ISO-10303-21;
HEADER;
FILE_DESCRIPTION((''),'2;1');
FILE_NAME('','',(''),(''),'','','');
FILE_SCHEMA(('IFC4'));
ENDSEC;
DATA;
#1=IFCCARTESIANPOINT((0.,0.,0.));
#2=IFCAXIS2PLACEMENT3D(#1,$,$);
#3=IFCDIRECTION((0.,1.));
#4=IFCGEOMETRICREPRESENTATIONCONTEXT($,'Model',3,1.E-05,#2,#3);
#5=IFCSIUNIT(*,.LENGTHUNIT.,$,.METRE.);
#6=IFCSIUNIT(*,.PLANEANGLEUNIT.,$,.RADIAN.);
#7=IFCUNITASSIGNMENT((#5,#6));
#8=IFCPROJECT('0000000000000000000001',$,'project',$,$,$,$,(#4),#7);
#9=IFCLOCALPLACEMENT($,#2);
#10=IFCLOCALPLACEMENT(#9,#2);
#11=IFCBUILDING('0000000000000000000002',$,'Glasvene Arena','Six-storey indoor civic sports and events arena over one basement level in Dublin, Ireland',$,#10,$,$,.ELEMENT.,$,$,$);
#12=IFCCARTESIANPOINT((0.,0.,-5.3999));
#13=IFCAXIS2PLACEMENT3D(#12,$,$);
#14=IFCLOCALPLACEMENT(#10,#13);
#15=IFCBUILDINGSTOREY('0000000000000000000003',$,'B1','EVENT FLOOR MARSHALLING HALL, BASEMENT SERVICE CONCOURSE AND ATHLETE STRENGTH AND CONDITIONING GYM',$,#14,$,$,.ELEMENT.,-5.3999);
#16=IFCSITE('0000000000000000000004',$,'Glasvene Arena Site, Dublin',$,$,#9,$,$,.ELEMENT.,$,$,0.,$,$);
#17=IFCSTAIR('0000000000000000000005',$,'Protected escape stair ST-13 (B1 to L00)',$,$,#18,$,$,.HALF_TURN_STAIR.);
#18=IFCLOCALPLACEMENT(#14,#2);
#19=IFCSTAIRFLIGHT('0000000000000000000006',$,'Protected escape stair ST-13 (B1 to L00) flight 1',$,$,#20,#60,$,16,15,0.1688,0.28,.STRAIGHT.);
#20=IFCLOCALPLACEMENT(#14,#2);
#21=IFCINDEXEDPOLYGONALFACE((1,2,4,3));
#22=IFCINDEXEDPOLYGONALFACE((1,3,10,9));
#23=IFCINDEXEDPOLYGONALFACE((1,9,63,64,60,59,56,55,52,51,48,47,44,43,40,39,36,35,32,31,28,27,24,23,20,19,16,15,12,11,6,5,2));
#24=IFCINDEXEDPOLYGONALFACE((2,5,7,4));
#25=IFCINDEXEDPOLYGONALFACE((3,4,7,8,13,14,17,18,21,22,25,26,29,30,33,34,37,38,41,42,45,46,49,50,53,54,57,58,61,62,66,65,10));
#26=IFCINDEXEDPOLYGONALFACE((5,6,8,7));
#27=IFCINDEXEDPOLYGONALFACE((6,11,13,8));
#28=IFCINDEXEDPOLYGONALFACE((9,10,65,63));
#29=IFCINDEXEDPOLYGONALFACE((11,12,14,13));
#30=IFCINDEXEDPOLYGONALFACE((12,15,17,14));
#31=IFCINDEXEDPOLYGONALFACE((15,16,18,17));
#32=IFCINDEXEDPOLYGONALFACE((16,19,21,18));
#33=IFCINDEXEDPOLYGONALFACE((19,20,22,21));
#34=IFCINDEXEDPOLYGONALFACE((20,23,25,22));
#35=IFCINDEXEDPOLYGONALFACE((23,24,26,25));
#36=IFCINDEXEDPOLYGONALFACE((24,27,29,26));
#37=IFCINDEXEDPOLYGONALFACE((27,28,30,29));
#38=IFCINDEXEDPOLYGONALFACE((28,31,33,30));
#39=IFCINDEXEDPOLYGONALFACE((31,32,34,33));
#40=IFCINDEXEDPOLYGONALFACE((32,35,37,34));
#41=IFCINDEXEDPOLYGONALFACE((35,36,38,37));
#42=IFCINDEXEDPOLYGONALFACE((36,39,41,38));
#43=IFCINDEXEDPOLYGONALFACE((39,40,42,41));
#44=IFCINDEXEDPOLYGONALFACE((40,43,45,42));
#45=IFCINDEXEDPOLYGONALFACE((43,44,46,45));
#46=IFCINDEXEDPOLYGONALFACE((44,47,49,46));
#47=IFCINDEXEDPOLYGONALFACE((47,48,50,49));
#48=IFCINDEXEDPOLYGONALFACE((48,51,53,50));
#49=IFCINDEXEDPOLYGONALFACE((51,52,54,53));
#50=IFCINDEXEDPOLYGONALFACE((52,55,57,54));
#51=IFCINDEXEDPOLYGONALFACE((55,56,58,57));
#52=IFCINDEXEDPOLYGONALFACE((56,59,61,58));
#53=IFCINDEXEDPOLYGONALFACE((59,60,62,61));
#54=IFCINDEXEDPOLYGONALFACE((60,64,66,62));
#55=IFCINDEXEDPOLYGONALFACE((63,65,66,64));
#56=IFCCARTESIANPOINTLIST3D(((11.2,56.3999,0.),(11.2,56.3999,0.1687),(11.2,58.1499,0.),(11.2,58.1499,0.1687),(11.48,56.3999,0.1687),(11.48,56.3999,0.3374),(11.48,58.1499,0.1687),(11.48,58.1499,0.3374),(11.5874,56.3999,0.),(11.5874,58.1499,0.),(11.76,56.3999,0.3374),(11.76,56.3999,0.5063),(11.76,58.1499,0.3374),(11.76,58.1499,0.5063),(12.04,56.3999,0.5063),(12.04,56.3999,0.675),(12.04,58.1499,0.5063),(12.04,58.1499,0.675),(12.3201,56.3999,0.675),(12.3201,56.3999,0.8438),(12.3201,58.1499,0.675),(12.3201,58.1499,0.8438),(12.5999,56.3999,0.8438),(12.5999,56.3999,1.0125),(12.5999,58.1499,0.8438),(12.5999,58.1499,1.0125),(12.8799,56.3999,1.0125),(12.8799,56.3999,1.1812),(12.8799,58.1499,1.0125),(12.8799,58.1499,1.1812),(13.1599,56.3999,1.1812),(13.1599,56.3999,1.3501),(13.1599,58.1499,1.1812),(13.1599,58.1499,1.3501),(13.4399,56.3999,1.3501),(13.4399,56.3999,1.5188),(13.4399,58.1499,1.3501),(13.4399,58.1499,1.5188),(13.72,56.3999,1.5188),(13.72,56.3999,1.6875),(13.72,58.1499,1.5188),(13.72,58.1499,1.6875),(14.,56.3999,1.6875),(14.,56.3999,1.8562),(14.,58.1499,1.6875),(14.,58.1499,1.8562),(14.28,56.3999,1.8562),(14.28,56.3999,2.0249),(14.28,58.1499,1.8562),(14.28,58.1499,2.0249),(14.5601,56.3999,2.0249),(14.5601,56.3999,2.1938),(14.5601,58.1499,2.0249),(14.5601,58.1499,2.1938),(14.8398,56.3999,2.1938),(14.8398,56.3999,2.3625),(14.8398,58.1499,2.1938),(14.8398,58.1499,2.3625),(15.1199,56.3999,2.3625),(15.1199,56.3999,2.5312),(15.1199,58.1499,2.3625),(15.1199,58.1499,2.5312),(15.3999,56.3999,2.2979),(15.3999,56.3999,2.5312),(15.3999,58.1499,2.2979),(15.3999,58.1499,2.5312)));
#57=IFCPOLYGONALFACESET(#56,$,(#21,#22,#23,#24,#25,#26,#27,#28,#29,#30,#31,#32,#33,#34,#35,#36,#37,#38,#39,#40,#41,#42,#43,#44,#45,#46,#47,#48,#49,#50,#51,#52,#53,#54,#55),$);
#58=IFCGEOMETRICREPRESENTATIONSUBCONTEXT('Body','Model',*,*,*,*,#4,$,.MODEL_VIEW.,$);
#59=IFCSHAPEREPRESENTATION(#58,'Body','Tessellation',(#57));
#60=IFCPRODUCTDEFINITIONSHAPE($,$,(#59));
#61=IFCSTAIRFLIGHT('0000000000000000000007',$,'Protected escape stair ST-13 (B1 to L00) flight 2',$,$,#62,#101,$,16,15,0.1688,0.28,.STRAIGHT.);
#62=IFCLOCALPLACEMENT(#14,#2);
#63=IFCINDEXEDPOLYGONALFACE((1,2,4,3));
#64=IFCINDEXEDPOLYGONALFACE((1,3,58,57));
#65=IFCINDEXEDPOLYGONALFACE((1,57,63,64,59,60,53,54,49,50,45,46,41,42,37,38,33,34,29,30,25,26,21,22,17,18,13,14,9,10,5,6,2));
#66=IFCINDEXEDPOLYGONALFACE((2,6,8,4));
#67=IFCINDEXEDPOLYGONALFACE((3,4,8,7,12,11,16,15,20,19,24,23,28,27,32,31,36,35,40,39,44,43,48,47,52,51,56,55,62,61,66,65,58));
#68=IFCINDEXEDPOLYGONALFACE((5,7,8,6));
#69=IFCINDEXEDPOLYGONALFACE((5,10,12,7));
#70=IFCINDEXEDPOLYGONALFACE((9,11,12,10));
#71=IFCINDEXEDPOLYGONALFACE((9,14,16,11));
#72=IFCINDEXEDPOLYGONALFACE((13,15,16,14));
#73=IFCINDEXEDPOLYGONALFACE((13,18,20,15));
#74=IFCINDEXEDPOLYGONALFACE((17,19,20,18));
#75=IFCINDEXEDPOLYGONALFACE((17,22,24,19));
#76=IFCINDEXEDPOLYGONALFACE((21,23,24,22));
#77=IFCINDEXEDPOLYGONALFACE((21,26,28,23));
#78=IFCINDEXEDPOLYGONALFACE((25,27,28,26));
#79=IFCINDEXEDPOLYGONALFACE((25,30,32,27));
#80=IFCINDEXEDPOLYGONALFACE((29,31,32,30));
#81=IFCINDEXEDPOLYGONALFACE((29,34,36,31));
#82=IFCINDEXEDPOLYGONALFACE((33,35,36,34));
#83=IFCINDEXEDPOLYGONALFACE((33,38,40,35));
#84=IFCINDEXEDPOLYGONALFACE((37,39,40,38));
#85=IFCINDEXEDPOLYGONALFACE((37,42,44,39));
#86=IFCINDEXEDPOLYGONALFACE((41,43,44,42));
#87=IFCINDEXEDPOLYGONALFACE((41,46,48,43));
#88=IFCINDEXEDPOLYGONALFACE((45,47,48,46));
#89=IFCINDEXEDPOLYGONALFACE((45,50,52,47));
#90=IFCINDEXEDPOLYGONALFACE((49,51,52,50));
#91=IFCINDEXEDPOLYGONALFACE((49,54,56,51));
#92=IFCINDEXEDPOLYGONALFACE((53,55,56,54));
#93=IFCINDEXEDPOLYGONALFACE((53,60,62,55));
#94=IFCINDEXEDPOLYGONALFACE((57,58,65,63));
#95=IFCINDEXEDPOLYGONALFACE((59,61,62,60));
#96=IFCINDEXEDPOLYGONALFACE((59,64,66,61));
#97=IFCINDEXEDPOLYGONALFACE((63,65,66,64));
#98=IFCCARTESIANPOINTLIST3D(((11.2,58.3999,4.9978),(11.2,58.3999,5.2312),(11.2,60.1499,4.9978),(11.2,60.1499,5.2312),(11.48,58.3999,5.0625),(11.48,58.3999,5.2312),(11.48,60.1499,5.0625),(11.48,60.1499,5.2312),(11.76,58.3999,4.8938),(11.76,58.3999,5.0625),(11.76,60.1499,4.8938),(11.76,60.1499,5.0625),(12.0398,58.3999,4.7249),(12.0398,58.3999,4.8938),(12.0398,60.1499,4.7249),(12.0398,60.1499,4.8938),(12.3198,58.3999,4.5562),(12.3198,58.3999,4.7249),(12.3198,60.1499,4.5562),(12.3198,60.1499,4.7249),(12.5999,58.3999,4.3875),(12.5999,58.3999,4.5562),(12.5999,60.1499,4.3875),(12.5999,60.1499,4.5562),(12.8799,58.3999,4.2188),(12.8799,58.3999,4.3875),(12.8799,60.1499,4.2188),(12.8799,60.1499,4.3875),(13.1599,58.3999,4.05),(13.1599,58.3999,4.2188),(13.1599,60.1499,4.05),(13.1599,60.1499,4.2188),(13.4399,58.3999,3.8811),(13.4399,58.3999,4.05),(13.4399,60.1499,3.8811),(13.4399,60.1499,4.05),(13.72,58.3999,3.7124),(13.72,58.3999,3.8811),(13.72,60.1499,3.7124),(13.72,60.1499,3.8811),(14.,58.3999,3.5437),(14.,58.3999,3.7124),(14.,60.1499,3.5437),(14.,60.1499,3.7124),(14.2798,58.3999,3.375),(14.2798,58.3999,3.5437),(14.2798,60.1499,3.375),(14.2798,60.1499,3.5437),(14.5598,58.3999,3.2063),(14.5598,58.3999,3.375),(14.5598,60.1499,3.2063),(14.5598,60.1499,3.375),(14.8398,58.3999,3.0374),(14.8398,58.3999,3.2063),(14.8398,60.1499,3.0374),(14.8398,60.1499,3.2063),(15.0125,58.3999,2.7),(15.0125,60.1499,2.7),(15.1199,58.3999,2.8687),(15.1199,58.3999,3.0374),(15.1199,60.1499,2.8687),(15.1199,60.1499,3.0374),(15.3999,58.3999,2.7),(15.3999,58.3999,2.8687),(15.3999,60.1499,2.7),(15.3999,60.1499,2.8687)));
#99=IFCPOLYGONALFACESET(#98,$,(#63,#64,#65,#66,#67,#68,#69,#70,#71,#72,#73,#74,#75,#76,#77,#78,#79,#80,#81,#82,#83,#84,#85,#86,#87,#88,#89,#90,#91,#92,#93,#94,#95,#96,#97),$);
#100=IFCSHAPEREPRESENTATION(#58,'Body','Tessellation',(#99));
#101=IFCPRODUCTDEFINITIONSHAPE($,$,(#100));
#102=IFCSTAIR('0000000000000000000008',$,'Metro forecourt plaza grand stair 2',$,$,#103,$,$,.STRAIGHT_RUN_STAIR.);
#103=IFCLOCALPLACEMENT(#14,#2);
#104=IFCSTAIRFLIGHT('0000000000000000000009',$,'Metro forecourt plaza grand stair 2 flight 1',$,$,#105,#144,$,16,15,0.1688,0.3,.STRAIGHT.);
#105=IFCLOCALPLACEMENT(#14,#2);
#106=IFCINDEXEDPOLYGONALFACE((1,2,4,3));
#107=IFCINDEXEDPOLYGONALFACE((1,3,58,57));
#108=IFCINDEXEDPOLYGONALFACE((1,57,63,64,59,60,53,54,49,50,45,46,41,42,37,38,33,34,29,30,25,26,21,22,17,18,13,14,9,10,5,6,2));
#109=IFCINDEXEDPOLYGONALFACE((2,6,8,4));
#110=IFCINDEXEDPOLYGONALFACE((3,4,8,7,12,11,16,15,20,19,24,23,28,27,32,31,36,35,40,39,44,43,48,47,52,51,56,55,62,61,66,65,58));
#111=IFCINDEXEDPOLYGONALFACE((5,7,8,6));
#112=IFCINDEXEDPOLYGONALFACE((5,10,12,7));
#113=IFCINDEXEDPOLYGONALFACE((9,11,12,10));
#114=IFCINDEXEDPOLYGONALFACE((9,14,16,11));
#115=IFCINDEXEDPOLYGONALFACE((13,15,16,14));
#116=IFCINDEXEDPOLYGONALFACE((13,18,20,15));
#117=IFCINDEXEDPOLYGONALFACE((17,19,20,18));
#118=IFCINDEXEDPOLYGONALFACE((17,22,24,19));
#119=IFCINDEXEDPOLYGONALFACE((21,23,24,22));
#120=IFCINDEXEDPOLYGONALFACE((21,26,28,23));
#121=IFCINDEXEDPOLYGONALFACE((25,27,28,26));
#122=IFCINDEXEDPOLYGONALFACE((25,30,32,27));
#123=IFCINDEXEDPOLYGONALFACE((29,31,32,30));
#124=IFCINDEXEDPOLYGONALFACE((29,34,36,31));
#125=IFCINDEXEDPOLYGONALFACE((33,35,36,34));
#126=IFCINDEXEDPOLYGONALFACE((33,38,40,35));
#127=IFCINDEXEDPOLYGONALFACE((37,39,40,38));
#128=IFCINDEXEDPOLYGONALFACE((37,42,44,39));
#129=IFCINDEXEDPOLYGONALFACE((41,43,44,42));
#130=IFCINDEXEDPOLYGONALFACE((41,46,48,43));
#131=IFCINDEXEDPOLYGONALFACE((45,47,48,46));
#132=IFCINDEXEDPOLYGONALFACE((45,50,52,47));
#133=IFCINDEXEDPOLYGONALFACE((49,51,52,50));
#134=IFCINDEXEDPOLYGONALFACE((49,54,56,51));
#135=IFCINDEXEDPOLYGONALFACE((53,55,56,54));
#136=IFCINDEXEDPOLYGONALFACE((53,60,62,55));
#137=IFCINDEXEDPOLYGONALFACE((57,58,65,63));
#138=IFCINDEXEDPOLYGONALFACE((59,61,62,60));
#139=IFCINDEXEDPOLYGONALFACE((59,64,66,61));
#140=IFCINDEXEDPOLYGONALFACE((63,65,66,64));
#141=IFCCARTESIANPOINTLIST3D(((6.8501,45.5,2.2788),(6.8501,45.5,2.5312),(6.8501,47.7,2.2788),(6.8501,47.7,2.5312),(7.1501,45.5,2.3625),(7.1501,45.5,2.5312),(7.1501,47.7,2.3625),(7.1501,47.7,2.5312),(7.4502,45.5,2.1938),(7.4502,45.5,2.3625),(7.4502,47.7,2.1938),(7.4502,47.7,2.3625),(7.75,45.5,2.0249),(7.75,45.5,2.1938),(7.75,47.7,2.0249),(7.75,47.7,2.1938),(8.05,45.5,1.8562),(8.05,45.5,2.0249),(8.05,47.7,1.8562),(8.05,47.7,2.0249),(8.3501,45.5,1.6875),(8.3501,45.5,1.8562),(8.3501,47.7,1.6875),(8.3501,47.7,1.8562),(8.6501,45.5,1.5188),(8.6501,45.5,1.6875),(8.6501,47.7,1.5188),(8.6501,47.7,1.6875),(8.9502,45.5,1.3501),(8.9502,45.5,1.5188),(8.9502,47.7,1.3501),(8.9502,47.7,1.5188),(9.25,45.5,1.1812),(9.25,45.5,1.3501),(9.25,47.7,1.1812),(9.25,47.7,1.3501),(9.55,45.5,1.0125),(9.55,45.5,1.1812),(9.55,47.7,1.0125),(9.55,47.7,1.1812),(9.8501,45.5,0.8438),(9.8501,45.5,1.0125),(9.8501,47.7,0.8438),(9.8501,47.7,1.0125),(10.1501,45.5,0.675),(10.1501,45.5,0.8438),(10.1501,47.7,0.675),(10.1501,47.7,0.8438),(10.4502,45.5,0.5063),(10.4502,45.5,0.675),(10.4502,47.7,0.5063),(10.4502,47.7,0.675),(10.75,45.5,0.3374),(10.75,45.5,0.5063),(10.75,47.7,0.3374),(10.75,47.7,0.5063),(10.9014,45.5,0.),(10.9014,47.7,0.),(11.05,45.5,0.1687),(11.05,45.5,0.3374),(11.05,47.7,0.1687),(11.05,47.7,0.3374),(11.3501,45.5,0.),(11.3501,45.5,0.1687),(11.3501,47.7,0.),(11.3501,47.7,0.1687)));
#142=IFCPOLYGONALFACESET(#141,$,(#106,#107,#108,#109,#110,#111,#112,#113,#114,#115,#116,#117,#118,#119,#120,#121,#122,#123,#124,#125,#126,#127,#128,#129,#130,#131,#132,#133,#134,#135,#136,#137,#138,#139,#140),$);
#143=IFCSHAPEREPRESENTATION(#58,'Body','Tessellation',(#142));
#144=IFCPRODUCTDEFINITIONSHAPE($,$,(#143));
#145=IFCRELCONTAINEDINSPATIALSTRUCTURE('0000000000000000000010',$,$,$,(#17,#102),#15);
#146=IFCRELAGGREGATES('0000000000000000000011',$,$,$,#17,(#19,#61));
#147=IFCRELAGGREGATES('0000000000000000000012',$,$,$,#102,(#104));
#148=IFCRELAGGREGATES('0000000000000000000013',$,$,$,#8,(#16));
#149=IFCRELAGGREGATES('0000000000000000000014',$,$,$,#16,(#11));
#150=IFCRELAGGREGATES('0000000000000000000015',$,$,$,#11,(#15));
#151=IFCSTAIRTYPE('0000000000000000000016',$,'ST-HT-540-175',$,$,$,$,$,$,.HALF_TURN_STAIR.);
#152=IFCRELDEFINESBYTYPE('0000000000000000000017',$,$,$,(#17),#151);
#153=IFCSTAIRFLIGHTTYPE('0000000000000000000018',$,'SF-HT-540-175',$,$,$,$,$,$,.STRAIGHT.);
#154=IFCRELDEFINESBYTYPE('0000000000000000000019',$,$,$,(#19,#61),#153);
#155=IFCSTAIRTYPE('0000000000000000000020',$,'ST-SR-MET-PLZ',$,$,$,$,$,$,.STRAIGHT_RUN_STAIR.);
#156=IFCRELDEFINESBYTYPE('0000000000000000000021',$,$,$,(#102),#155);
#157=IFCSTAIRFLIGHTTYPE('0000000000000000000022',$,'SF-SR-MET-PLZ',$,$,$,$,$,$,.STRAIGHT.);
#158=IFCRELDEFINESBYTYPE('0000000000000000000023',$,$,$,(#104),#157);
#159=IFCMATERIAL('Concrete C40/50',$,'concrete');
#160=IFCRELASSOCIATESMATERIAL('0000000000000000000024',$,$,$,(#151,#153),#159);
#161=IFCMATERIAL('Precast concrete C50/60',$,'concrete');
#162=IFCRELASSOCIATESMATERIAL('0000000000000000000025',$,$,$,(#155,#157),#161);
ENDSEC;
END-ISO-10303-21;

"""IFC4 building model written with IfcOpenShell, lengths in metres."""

from ifc_helpers import new_model, si_unit, direction, frame, origin, place, context, subcontext, project, spatial, polyline, outline, extrude, material, type_object, element, aggregate, save


model = new_model("IFC4")

# Units and contexts
model_context = context("Model", 3, precision=1e-05, world=origin(), true_north=direction((0.0, 1.0)))
body_context = subcontext(model_context, "Body", "Model", "MODEL_VIEW")
ifc_project = project(units=[si_unit("LENGTHUNIT", "METRE"), si_unit("PLANEANGLEUNIT", "RADIAN")], contexts=[model_context])

# Site, building, storey
site_placement = place(None, origin())
site = spatial("IfcSite", under=ifc_project, at=site_placement, Name="Glasvene Arena Site, Dublin", CompositionType="ELEMENT", RefElevation=0.0)
building_placement = place(site_placement, origin())
building = spatial("IfcBuilding", under=site, at=building_placement, Name="Glasvene Arena", Description="Six-storey indoor civic sports and events arena over one basement level in Dublin, Ireland", CompositionType="ELEMENT")
storey_placement = place(building_placement, frame((0.0, 0.0, -5.3999)))
storey = spatial("IfcBuildingStorey", under=building, at=storey_placement, Name="B1", Description="EVENT FLOOR MARSHALLING HALL, BASEMENT SERVICE CONCOURSE AND ATHLETE STRENGTH AND CONDITIONING GYM", CompositionType="ELEMENT", Elevation=-5.3999)

# Shared definitions
ifc_material_1 = material(Name="Concrete C40/50", Category="concrete")

# Stair
stair_type_1 = type_object("IfcStairType", Name="ST-HT-540-175", PredefinedType="HALF_TURN_STAIR", material=ifc_material_1)
stair_1_placement = place(storey_placement, origin())
stair_1 = element("IfcStair", 1, at=stair_1_placement, inside=storey, type_object=stair_type_1, Name="Protected escape stair ST-13 (B1 to L00)", PredefinedType="HALF_TURN_STAIR")

# Stair flights
stair_flight_type_1 = type_object("IfcStairFlightType", Name="SF-HT-540-175", PredefinedType="STRAIGHT", material=ifc_material_1)
stair_flight_1_placement = place(storey_placement, frame((11.2, 57.2749, 0.0), z_axis=(0.0, 0.0, 1.0), x_axis=(1.0, 0.0, 0.0)))
stair_flight_1 = element("IfcStairFlight", 2, at=stair_flight_1_placement, type_object=stair_flight_type_1, Name="Protected escape stair ST-13 (B1 to L00) flight 1", NumberOfRisers=16, NumberOfTreads=15, PredefinedType="STRAIGHT", RiserHeight=0.1688, TreadLength=0.28, context=body_context, shape_type="SweptSolid", body=[
    extrude(outline(polyline([(0.0, 0.0), (0.0, 0.1687), (0.28, 0.1687), (0.28, 0.3374), (0.5601, 0.3374), (0.5601, 0.5063), (0.8401, 0.5063), (0.8401, 0.675), (1.1201, 0.675), (1.1201, 0.8438), (1.3999, 0.8438), (1.3999, 1.0125), (1.6799, 1.0125), (1.6799, 1.1812), (1.96, 1.1812), (1.96, 1.3501), (2.24, 1.3501), (2.24, 1.5188), (2.52, 1.5188), (2.52, 1.6875), (2.8, 1.6875), (2.8, 1.8562), (3.0801, 1.8562), (3.0801, 2.0249), (3.3601, 2.0249), (3.3601, 2.1938), (3.6399, 2.1938), (3.6399, 2.3625), (3.9199, 2.3625), (3.9199, 2.5312), (4.2, 2.5312), (4.2, 2.7), (4.2, 2.2979), (0.3875, 0.0), (0.0, 0.0)])), frame((0.0, 0.875, 0.0), z_axis=(0.0, -1.0, 0.0), x_axis=(1.0, 0.0, 0.0)), (0.0, 0.0, 1.0), 1.75),
])
stair_flight_2_placement = place(storey_placement, frame((15.3999, 59.2749, 2.7), z_axis=(0.0, 0.0, 1.0), x_axis=(-1.0, 0.0, 0.0)))
stair_flight_2 = element("IfcStairFlight", 3, at=stair_flight_2_placement, type_object=stair_flight_type_1, Name="Protected escape stair ST-13 (B1 to L00) flight 2", NumberOfRisers=16, NumberOfTreads=15, PredefinedType="STRAIGHT", RiserHeight=0.1688, TreadLength=0.28, context=body_context, shape_type="SweptSolid", body=[
    extrude(outline(polyline([(0.0, 0.0), (0.0, 0.1687), (0.28, 0.1687), (0.28, 0.3374), (0.5601, 0.3374), (0.5601, 0.5063), (0.8401, 0.5063), (0.8401, 0.675), (1.1201, 0.675), (1.1201, 0.8438), (1.3999, 0.8438), (1.3999, 1.0125), (1.6799, 1.0125), (1.6799, 1.1812), (1.96, 1.1812), (1.96, 1.3501), (2.24, 1.3501), (2.24, 1.5188), (2.52, 1.5188), (2.52, 1.6875), (2.8, 1.6875), (2.8, 1.8562), (3.0801, 1.8562), (3.0801, 2.0249), (3.3601, 2.0249), (3.3601, 2.1938), (3.6399, 2.1938), (3.6399, 2.3625), (3.9199, 2.3625), (3.9199, 2.5312), (4.2, 2.5312), (4.2, 2.7), (4.2, 2.2979), (0.3875, 0.0), (0.0, 0.0)])), frame((0.0, 0.875, 0.0), z_axis=(0.0, -1.0, 0.0), x_axis=(1.0, 0.0, 0.0)), (0.0, 0.0, 1.0), 1.75),
])
aggregate(stair_1, [stair_flight_1, stair_flight_2])

# Stair, stair flight
ifc_material_2 = material(Name="Precast concrete C50/60", Category="concrete")
stair_type_2 = type_object("IfcStairType", Name="ST-SR-MET-PLZ", PredefinedType="STRAIGHT_RUN_STAIR", material=ifc_material_2)
stair_2_placement = place(storey_placement, origin())
stair_2 = element("IfcStair", 4, at=stair_2_placement, inside=storey, type_object=stair_type_2, Name="Metro forecourt plaza grand stair 2", PredefinedType="STRAIGHT_RUN_STAIR")
stair_flight_type_2 = type_object("IfcStairFlightType", Name="SF-SR-MET-PLZ", PredefinedType="STRAIGHT", material=ifc_material_2)
stair_flight_3_placement = place(storey_placement, frame((11.3501, 46.6001, 0.0), z_axis=(0.0, 0.0, 1.0), x_axis=(-1.0, 0.0, 0.0)))
stair_flight_3 = element("IfcStairFlight", 5, at=stair_flight_3_placement, type_object=stair_flight_type_2, Name="Metro forecourt plaza grand stair 2 flight 1", NumberOfRisers=16, NumberOfTreads=15, PredefinedType="STRAIGHT", RiserHeight=0.1688, TreadLength=0.3, context=body_context, shape_type="SweptSolid", body=[
    extrude(outline(polyline([(0.0, 0.0), (0.0, 0.1687), (0.3, 0.1687), (0.3, 0.3374), (0.6001, 0.3374), (0.6001, 0.5063), (0.8999, 0.5063), (0.8999, 0.675), (1.2, 0.675), (1.2, 0.8438), (1.5, 0.8438), (1.5, 1.0125), (1.8, 1.0125), (1.8, 1.1812), (2.1001, 1.1812), (2.1001, 1.3501), (2.3999, 1.3501), (2.3999, 1.5188), (2.7, 1.5188), (2.7, 1.6875), (3.0, 1.6875), (3.0, 1.8562), (3.3, 1.8562), (3.3, 2.0249), (3.6001, 2.0249), (3.6001, 2.1938), (3.8999, 2.1938), (3.8999, 2.3625), (4.2, 2.3625), (4.2, 2.5312), (4.5, 2.5312), (4.5, 2.7), (4.5, 2.2788), (0.4487, 0.0), (0.0, 0.0)])), frame((0.0, 1.1001, 0.0), z_axis=(0.0, -1.0, 0.0), x_axis=(1.0, 0.0, 0.0)), (0.0, 0.0, 1.0), 2.2),
])
aggregate(stair_2, [stair_flight_3])

save(model, "model.ifc")
